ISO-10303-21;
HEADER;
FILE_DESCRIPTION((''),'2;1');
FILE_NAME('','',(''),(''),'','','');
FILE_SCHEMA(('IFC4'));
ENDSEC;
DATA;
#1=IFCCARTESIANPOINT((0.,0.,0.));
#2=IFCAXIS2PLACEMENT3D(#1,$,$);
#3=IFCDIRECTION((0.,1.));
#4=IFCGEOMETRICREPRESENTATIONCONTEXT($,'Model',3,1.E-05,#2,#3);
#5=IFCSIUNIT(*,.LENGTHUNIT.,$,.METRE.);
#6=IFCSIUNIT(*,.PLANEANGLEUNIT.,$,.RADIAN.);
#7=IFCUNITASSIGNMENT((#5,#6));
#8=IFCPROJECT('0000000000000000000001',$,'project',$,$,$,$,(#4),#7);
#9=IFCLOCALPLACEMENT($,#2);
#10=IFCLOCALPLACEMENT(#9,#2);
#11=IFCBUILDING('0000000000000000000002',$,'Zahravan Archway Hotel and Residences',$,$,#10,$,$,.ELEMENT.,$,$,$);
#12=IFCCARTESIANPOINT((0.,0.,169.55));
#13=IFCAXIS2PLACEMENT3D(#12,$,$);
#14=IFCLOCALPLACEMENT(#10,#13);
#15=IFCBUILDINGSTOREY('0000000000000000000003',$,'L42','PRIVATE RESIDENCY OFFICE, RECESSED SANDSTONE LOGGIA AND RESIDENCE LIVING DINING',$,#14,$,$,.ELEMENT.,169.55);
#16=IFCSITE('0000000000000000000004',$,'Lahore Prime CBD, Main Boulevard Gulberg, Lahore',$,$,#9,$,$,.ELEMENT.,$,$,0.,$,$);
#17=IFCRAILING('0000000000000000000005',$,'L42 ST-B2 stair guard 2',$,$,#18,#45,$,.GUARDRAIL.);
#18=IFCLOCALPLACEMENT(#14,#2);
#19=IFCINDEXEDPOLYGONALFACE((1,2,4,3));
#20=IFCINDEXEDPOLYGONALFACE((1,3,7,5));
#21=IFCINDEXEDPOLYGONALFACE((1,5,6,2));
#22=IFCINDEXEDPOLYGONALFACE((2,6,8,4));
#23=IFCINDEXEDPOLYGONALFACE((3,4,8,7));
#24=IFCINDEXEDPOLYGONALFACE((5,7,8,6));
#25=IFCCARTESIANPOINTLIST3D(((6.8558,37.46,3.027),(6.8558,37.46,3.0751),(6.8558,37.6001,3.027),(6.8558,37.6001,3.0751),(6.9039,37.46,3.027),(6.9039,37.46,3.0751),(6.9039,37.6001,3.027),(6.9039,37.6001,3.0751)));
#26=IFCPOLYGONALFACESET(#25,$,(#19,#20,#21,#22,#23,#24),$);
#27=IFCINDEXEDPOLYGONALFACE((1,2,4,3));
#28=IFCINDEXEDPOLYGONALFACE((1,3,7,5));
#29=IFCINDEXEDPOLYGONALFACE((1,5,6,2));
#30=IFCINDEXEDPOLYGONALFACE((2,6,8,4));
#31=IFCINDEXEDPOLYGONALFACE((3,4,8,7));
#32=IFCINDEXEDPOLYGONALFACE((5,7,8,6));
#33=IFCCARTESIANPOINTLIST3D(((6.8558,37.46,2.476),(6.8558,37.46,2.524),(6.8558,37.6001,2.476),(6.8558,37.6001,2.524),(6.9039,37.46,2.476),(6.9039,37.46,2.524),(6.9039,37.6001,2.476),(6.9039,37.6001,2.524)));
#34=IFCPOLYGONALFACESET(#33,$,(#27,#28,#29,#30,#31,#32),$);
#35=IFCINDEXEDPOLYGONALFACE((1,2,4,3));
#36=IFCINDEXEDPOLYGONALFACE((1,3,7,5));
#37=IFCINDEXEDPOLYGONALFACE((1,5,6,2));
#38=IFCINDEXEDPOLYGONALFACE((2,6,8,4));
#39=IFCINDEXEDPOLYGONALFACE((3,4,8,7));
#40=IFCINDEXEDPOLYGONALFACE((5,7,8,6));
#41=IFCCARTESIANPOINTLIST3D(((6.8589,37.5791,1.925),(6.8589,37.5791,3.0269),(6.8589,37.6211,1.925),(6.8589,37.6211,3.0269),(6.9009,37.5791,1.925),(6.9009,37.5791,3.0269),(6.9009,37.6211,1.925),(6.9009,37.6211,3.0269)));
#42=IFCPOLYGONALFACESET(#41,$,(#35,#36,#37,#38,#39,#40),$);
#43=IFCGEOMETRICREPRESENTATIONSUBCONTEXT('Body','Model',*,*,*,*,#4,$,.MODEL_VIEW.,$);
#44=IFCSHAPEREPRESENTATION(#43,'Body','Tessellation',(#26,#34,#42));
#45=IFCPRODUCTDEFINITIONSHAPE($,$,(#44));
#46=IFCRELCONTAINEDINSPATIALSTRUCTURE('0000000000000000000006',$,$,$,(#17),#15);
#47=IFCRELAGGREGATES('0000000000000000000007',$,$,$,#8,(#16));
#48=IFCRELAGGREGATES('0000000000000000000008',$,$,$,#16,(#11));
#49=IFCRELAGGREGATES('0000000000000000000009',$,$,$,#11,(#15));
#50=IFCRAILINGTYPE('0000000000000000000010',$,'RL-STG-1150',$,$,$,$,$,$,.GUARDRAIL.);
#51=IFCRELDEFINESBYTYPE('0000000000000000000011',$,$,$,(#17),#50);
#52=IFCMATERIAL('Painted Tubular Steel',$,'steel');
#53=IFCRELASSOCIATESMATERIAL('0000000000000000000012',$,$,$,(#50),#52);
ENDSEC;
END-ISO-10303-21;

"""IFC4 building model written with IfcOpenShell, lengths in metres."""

from ifc_helpers import new_model, si_unit, direction, frame, origin, origin_2d, place, context, subcontext, project, spatial, rectangle, extrude, material, type_object, element, save


model = new_model("IFC4")

# Units and contexts
model_context = context("Model", 3, precision=1e-05, world=origin(), true_north=direction((0.0, 1.0)))
body_context = subcontext(model_context, "Body", "Model", "MODEL_VIEW")
ifc_project = project(units=[si_unit("LENGTHUNIT", "METRE"), si_unit("PLANEANGLEUNIT", "RADIAN")], contexts=[model_context])

# Site, building, storey
site_placement = place(None, origin())
site = spatial("IfcSite", under=ifc_project, at=site_placement, Name="Lahore Prime CBD, Main Boulevard Gulberg, Lahore", CompositionType="ELEMENT", RefElevation=0.0)
building_placement = place(site_placement, origin())
building = spatial("IfcBuilding", under=site, at=building_placement, Name="Zahravan Archway Hotel and Residences", CompositionType="ELEMENT")
storey_placement = place(building_placement, frame((0.0, 0.0, 169.55)))
storey = spatial("IfcBuildingStorey", under=building, at=storey_placement, Name="L42", Description="PRIVATE RESIDENCY OFFICE, RECESSED SANDSTONE LOGGIA AND RESIDENCE LIVING DINING", CompositionType="ELEMENT", Elevation=169.55)

# Railing
ifc_material_1 = material(Name="Painted Tubular Steel", Category="steel")
railing_type_1 = type_object("IfcRailingType", Name="RL-STG-1150", PredefinedType="GUARDRAIL", material=ifc_material_1)
railing_1_placement = place(storey_placement, frame((6.8799, 37.6001, 1.925)))
element("IfcRailing", 1, at=railing_1_placement, inside=storey, type_object=railing_type_1, Name="L42 ST-B2 stair guard 2", PredefinedType="GUARDRAIL", context=body_context, shape_type="SweptSolid", body=[
    extrude(rectangle(XDim=0.0481, YDim=0.0481, at=origin_2d()), frame((0.0, 0.0, 1.126), z_axis=(0.0, -1.0, 0.0), x_axis=(1.0, 0.0, 0.0)), (0.0, 0.0, 1.0), 0.1401),
    extrude(rectangle(XDim=0.0481, YDim=0.0481, at=origin_2d()), frame((0.0, 0.0, 0.575), z_axis=(0.0, -1.0, 0.0), x_axis=(1.0, 0.0, 0.0)), (0.0, 0.0, 1.0), 0.1401),
    extrude(rectangle(XDim=0.042, YDim=0.042, at=origin_2d()), origin(), (0.0, 0.0, 1.0), 1.1018),
])

save(model, "model.ifc")
